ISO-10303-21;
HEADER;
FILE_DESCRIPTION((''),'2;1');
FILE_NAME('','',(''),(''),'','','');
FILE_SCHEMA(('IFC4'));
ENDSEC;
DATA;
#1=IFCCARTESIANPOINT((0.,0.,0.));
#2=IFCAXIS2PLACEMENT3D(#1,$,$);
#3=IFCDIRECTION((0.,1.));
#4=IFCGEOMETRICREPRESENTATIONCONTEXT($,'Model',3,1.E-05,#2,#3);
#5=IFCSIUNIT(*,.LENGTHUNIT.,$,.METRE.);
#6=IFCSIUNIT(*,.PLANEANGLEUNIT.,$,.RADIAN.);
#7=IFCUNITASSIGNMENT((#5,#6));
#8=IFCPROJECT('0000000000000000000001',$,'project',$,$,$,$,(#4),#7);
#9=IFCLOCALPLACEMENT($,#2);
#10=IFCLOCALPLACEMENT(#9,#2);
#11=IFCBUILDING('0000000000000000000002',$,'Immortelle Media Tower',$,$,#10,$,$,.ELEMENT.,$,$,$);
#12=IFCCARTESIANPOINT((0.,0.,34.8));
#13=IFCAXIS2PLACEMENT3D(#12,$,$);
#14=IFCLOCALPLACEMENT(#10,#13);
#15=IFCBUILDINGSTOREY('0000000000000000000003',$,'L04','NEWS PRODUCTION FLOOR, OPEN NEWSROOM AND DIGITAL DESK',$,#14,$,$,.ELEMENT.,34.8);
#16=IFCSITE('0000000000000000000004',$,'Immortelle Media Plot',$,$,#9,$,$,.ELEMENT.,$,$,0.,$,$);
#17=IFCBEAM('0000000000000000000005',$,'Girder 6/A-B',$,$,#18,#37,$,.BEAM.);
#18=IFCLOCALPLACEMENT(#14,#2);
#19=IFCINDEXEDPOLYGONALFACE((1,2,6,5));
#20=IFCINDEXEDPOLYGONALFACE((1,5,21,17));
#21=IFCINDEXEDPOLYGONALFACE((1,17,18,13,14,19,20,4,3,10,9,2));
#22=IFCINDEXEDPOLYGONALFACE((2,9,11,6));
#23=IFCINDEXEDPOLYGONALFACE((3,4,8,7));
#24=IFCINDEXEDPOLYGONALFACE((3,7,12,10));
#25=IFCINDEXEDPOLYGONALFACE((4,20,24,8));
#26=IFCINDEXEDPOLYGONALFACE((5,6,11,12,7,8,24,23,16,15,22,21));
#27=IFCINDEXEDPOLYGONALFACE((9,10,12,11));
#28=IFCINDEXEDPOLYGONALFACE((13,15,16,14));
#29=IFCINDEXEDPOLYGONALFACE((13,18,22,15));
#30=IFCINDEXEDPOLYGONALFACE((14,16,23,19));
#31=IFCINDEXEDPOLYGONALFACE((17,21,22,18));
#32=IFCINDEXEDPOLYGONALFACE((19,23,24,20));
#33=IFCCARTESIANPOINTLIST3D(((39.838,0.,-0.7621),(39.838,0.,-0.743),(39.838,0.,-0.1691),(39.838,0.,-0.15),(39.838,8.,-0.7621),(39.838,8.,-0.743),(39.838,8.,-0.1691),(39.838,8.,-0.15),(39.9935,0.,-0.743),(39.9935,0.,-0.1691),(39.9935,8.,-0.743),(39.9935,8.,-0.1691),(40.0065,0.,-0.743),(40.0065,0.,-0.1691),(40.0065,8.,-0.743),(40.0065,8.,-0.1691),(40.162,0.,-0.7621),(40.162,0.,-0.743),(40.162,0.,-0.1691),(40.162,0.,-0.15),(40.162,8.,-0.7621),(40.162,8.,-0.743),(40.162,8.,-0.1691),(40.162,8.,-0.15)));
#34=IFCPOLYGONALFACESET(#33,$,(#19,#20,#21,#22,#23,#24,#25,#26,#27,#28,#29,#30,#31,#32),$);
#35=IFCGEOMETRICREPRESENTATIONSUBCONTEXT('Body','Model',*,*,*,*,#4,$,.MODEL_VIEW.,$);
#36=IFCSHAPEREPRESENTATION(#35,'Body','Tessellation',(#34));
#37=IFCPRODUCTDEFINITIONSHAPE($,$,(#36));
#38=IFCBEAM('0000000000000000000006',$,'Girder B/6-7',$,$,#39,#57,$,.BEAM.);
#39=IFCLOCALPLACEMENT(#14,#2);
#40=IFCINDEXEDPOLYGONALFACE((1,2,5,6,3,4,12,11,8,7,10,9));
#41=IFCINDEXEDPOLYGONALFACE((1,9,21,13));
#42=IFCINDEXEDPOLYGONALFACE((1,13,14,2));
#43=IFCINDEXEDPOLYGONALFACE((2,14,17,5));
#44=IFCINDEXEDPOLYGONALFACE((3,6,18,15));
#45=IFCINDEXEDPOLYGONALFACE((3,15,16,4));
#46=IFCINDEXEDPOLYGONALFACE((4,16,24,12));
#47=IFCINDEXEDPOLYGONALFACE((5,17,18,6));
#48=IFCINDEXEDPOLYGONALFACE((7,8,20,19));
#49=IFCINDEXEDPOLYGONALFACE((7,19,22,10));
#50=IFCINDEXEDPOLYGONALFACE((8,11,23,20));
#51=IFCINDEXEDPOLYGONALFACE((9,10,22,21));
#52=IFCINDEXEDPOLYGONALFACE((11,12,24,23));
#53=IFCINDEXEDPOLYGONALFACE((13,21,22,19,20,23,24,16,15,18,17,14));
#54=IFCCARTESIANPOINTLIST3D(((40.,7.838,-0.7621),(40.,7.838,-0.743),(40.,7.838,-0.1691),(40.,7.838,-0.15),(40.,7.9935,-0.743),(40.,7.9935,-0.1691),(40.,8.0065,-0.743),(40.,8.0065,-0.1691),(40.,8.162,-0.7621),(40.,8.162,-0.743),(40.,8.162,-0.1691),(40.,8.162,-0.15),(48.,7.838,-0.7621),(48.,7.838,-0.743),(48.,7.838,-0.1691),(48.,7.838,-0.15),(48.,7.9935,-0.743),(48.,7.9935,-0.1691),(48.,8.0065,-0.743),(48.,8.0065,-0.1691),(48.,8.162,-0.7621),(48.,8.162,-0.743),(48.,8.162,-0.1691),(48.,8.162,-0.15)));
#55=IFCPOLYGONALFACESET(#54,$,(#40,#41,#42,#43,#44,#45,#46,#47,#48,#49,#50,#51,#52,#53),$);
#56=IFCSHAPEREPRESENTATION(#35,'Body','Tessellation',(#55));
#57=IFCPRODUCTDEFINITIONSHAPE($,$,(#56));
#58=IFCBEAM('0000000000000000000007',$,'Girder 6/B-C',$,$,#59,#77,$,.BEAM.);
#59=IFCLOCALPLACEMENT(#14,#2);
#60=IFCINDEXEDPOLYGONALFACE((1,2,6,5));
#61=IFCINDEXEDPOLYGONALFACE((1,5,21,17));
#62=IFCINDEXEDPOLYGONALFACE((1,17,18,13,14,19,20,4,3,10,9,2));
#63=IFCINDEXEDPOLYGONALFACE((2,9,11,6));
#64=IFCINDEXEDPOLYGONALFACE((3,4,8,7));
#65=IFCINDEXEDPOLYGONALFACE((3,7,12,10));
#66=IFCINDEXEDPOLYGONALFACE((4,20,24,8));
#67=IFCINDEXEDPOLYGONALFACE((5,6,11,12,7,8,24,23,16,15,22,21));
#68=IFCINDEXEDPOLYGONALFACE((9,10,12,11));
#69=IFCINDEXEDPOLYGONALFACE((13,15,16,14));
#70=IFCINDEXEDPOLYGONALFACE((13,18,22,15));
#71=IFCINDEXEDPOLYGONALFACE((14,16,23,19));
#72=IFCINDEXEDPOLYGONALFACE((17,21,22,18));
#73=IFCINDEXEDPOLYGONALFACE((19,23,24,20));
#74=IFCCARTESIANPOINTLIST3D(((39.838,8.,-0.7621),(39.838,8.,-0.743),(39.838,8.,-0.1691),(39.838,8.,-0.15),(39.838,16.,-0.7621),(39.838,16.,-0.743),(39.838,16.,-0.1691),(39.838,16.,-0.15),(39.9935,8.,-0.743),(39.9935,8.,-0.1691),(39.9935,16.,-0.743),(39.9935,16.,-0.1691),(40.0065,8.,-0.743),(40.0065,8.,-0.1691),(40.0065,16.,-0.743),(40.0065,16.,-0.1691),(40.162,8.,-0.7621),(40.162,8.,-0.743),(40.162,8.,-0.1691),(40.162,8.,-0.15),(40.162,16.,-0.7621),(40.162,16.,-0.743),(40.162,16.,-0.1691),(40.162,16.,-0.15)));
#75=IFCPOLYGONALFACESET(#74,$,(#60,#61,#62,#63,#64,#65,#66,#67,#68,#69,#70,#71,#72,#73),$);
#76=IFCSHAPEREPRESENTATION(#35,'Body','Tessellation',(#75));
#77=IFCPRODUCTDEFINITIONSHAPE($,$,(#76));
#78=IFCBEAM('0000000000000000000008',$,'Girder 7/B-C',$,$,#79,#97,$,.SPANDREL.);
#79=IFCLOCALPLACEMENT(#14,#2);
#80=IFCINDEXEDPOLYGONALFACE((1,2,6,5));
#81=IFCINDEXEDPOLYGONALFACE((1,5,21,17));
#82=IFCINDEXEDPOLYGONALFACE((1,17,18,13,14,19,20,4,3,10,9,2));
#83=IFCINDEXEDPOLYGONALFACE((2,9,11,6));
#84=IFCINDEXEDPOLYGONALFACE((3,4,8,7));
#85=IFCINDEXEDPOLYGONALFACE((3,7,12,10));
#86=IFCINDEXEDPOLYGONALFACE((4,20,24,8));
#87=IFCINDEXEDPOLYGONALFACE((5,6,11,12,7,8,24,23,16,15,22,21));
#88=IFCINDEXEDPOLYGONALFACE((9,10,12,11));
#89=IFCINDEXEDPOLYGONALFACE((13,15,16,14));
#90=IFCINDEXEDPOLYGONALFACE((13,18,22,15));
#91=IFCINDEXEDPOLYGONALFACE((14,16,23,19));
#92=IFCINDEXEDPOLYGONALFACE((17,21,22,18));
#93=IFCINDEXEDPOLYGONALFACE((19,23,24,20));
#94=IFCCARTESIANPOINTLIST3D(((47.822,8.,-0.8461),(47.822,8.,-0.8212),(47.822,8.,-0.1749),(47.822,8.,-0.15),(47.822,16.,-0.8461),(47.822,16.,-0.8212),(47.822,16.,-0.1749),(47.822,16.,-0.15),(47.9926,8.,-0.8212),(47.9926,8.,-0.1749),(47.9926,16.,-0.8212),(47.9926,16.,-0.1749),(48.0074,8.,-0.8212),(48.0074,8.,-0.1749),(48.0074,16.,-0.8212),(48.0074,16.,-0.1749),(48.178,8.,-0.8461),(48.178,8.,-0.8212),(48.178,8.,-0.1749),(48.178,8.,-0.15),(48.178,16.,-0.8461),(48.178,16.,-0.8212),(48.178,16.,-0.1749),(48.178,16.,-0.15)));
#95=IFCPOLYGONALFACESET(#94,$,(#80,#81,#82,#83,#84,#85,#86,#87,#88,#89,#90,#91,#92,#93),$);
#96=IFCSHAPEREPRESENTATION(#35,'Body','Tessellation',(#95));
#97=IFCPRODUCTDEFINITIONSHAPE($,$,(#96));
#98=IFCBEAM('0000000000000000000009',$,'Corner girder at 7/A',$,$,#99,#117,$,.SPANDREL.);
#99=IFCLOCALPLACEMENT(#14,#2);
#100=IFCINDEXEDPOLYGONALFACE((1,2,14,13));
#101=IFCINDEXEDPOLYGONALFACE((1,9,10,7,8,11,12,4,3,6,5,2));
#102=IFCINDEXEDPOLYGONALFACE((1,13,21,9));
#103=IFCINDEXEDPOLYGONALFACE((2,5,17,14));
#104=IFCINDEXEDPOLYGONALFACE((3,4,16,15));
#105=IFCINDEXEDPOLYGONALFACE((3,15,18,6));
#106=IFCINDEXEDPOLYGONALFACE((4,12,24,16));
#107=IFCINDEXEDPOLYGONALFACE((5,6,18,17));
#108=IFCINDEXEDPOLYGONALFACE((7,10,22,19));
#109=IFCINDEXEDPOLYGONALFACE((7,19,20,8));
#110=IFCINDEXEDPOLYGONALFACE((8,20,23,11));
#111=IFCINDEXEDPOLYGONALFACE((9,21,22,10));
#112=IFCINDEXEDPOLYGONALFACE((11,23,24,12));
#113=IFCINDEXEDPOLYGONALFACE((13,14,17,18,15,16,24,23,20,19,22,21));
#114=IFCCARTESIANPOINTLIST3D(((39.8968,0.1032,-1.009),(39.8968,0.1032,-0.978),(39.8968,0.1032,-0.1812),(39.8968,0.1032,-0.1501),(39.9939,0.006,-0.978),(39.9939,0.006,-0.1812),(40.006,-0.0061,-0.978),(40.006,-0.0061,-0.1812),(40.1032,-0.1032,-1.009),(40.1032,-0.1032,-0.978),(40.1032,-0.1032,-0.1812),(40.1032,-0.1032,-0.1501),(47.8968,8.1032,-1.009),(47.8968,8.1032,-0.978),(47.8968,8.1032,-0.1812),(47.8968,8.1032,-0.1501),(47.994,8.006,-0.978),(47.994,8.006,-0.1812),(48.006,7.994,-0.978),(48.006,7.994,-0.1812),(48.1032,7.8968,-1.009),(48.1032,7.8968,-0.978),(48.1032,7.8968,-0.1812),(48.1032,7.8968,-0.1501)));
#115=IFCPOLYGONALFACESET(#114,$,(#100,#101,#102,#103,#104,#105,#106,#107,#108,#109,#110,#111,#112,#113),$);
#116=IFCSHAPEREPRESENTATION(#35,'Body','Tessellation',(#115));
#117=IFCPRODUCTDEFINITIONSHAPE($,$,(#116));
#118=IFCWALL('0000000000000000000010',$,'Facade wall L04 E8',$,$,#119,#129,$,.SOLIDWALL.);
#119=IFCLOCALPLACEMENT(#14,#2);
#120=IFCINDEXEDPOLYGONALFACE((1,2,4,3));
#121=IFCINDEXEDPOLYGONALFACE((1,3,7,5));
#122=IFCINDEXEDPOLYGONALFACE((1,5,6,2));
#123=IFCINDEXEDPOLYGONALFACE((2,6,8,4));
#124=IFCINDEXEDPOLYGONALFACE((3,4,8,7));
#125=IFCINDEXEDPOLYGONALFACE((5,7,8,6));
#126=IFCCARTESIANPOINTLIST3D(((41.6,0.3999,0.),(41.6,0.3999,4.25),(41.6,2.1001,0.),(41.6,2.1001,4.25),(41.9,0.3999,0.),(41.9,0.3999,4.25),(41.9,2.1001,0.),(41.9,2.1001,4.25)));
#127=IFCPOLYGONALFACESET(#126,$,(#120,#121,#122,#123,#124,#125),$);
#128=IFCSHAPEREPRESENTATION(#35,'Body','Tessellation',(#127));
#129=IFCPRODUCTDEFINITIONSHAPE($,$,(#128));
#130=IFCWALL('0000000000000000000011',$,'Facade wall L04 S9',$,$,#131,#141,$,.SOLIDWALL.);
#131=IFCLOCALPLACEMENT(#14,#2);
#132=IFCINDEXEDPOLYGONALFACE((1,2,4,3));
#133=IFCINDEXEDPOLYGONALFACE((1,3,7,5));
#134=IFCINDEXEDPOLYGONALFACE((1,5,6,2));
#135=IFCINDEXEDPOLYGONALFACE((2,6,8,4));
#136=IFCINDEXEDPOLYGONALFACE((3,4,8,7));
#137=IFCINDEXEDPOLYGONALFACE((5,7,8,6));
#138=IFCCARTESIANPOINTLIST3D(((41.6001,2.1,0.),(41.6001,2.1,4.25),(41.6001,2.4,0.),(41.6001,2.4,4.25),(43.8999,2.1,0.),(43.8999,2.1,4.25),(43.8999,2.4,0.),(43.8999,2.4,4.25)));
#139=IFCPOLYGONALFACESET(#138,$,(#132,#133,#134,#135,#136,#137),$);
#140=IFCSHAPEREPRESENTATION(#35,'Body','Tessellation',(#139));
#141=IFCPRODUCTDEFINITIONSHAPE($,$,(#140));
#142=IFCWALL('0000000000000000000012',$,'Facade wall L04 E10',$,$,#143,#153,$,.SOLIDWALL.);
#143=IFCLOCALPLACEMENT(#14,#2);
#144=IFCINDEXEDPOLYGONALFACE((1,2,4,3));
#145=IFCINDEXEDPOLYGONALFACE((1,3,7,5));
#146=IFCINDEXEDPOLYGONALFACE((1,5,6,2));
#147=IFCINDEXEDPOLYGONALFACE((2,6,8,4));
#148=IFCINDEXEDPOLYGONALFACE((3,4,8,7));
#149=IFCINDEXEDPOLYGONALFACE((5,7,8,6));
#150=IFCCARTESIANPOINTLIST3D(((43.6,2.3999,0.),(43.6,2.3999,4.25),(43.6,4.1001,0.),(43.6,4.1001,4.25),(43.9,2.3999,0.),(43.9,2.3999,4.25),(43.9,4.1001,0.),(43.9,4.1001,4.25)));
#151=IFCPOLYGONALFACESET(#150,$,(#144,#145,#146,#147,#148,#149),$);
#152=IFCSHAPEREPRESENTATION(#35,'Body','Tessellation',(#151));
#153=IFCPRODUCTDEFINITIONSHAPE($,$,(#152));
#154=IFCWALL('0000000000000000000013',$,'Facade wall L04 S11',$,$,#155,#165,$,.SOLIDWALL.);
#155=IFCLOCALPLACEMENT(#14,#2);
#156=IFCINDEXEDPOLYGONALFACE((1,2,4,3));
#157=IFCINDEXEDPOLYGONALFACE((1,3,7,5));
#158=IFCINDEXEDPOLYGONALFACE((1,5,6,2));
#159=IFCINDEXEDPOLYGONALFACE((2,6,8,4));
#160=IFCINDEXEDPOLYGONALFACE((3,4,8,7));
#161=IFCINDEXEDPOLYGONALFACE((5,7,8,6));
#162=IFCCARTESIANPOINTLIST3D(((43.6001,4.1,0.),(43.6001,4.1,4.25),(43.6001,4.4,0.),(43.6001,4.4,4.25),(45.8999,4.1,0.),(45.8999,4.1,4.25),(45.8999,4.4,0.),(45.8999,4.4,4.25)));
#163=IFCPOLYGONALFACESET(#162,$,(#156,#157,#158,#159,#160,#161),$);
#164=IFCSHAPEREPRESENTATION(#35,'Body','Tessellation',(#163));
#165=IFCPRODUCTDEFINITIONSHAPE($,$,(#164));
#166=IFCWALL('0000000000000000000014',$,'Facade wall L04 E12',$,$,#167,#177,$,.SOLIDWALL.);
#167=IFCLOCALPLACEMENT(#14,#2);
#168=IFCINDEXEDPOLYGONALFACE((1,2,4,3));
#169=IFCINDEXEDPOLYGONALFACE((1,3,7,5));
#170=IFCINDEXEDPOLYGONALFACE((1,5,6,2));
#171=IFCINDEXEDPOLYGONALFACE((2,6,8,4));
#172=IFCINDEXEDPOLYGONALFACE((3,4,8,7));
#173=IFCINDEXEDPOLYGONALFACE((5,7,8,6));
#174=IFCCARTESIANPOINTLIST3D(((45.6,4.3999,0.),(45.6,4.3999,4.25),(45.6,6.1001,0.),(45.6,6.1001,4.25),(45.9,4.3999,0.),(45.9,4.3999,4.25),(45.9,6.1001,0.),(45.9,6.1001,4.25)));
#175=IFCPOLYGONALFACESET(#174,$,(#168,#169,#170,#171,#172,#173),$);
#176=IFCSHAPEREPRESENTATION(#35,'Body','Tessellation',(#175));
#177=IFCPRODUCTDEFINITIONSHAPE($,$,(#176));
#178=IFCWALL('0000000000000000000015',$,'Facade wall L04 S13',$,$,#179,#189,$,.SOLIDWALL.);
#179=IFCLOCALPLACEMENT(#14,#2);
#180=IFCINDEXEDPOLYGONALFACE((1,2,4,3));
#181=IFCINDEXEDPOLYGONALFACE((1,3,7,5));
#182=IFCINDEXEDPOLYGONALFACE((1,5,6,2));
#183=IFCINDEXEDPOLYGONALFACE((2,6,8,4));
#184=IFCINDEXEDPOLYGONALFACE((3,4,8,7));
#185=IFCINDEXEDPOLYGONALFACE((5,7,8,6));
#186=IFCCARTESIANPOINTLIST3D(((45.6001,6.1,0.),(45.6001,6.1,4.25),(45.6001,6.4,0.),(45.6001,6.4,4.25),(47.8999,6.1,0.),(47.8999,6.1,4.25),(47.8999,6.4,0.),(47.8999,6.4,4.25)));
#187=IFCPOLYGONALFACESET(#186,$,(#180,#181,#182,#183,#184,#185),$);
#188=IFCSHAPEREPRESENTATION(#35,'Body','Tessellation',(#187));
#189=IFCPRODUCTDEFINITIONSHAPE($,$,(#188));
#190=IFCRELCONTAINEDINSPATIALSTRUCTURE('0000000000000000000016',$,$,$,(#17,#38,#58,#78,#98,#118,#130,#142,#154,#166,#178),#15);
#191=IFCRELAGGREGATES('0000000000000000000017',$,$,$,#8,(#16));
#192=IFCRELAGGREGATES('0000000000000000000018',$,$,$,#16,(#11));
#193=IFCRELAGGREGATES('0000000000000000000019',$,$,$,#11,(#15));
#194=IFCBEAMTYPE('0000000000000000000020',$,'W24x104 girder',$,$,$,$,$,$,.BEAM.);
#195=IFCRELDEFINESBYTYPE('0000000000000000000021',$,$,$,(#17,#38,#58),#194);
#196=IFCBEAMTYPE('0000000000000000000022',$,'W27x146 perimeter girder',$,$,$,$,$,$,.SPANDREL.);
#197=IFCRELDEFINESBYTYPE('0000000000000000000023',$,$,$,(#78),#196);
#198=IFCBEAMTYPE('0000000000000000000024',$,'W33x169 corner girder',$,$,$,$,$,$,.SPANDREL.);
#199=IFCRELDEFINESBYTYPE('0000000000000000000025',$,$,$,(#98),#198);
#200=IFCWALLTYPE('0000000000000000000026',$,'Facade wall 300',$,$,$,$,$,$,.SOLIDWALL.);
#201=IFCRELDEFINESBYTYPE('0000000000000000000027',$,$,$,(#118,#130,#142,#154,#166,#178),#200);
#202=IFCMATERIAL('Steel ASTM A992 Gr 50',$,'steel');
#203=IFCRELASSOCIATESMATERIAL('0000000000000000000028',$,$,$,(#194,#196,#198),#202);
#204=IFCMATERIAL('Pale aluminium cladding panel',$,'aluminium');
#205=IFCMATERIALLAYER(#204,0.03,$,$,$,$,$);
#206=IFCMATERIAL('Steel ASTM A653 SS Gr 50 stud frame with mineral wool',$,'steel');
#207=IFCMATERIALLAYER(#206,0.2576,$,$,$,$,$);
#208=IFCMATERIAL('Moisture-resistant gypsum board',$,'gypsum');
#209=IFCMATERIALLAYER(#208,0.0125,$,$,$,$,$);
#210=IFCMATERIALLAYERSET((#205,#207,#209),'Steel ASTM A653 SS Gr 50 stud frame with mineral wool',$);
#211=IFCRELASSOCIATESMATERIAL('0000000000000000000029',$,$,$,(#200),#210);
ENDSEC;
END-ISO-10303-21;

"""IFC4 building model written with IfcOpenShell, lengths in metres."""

from ifc_helpers import new_model, si_unit, direction, frame, frame_2d, origin, origin_2d, place, context, subcontext, project, spatial, rectangle, i_section, extrude, material, layer, layer_set, material_profile, profile_set, type_object, element, save


model = new_model("IFC4")

# Units and contexts
model_context = context("Model", 3, precision=1e-05, world=origin(), true_north=direction((0.0, 1.0)))
body_context = subcontext(model_context, "Body", "Model", "MODEL_VIEW")
ifc_project = project(units=[si_unit("LENGTHUNIT", "METRE"), si_unit("PLANEANGLEUNIT", "RADIAN")], contexts=[model_context])

# Site, building, storey
site_placement = place(None, origin())
site = spatial("IfcSite", under=ifc_project, at=site_placement, Name="Immortelle Media Plot", CompositionType="ELEMENT", RefElevation=0.0)
building_placement = place(site_placement, origin())
building = spatial("IfcBuilding", under=site, at=building_placement, Name="Immortelle Media Tower", CompositionType="ELEMENT")
storey_placement = place(building_placement, frame((0.0, 0.0, 34.8)))
storey = spatial("IfcBuildingStorey", under=building, at=storey_placement, Name="L04", Description="NEWS PRODUCTION FLOOR, OPEN NEWSROOM AND DIGITAL DESK", CompositionType="ELEMENT", Elevation=34.8)

# Shared definitions
ifc_material_1 = material(Name="Steel ASTM A992 Gr 50", Category="steel")

# Beams
ifc_material_profile_1 = material_profile(ifc_material_1, i_section(OverallWidth=0.324, OverallDepth=0.6121, WebThickness=0.0129, FlangeThickness=0.019, at=origin_2d()), Name="W24x104")
ifc_profile_set_1 = profile_set([ifc_material_profile_1], Name="Steel ASTM A992 Gr 50")
beam_type_1 = type_object("IfcBeamType", Name="W24x104 girder", PredefinedType="BEAM", material=ifc_profile_set_1)
for number, where, z_axis, x_axis, name in (
    (1, (40.0, 0.0, -0.4561), (0.0, 1.0, 0.0), (-1.0, 0.0, 0.0), "Girder 6/A-B"),
    (2, (40.0, 8.0, -0.4561), (1.0, 0.0, 0.0), (0.0, 1.0, 0.0), "Girder B/6-7"),
    (3, (40.0, 8.0, -0.4561), (0.0, 1.0, 0.0), (-1.0, 0.0, 0.0), "Girder 6/B-C"),
):
    element("IfcBeam", number, at=place(storey_placement, frame(where, z_axis=z_axis, x_axis=x_axis)), inside=storey, type_object=beam_type_1, Name=name, PredefinedType="BEAM", context=body_context, shape_type="SweptSolid", body=[
        extrude(i_section(OverallWidth=0.324, OverallDepth=0.6121, WebThickness=0.0129, FlangeThickness=0.019, at=origin_2d()), origin(), (0.0, 0.0, 1.0), 8.0),
    ])
ifc_material_profile_2 = material_profile(ifc_material_1, i_section(OverallWidth=0.356, OverallDepth=0.696, WebThickness=0.0149, FlangeThickness=0.0249, at=origin_2d()), Name="W27x146")
ifc_profile_set_2 = profile_set([ifc_material_profile_2], Name="Steel ASTM A992 Gr 50")
beam_type_2 = type_object("IfcBeamType", Name="W27x146 perimeter girder", PredefinedType="SPANDREL", material=ifc_profile_set_2)
beam_1_placement = place(storey_placement, frame((48.0, 8.0, -0.498), z_axis=(0.0, 1.0, 0.0), x_axis=(-1.0, 0.0, 0.0)))
element("IfcBeam", 4, at=beam_1_placement, inside=storey, type_object=beam_type_2, Name="Girder 7/B-C", PredefinedType="SPANDREL", context=body_context, shape_type="SweptSolid", body=[
    extrude(i_section(OverallWidth=0.356, OverallDepth=0.696, WebThickness=0.0149, FlangeThickness=0.0249, at=origin_2d()), origin(), (0.0, 0.0, 1.0), 8.0),
])
ifc_material_profile_3 = material_profile(ifc_material_1, i_section(OverallWidth=0.292, OverallDepth=0.8589, WebThickness=0.0171, FlangeThickness=0.031, at=origin_2d()), Name="W33x169")
ifc_profile_set_3 = profile_set([ifc_material_profile_3], Name="Steel ASTM A992 Gr 50")
beam_type_3 = type_object("IfcBeamType", Name="W33x169 corner girder", PredefinedType="SPANDREL", material=ifc_profile_set_3)
beam_2_placement = place(storey_placement, frame((48.0, 8.0, -0.5796), z_axis=(-0.707107, -0.707107, 0.0), x_axis=(0.707107, -0.707107, 0.0)))
element("IfcBeam", 5, at=beam_2_placement, inside=storey, type_object=beam_type_3, Name="Corner girder at 7/A", PredefinedType="SPANDREL", context=body_context, shape_type="SweptSolid", body=[
    extrude(i_section(OverallWidth=0.292, OverallDepth=0.8589, WebThickness=0.0171, FlangeThickness=0.031, at=origin_2d()), origin(), (0.0, 0.0, 1.0), 11.3137),
])

# Walls
ifc_material_2 = material(Name="Pale aluminium cladding panel", Category="aluminium")
ifc_layer_1 = layer(ifc_material_2, 0.03)
ifc_material_3 = material(Name="Steel ASTM A653 SS Gr 50 stud frame with mineral wool", Category="steel")
ifc_layer_2 = layer(ifc_material_3, 0.2576)
ifc_material_4 = material(Name="Moisture-resistant gypsum board", Category="gypsum")
ifc_layer_3 = layer(ifc_material_4, 0.0125)
ifc_layer_set_1 = layer_set([ifc_layer_1, ifc_layer_2, ifc_layer_3], Name="Steel ASTM A653 SS Gr 50 stud frame with mineral wool")
wall_type_1 = type_object("IfcWallType", Name="Facade wall 300", PredefinedType="SOLIDWALL", material=ifc_layer_set_1)
wall_1_placement = place(storey_placement, frame((41.75, 0.3999, 0.0), z_axis=(0.0, 0.0, 1.0), x_axis=(0.0, 1.0, 0.0)))
element("IfcWall", 6, at=wall_1_placement, inside=storey, type_object=wall_type_1, Name="Facade wall L04 E8", PredefinedType="SOLIDWALL", context=body_context, shape_type="SweptSolid", body=[
    extrude(rectangle(XDim=1.7002, YDim=0.3, at=frame_2d((0.8501, 0.0))), origin(), (0.0, 0.0, 1.0), 4.25),
])
wall_2_placement = place(storey_placement, frame((41.6001, 2.25, 0.0), z_axis=(0.0, 0.0, 1.0), x_axis=(1.0, 0.0, 0.0)))
element("IfcWall", 7, at=wall_2_placement, inside=storey, type_object=wall_type_1, Name="Facade wall L04 S9", PredefinedType="SOLIDWALL", context=body_context, shape_type="SweptSolid", body=[
    extrude(rectangle(XDim=2.2998, YDim=0.3, at=frame_2d((1.1499, 0.0))), origin(), (0.0, 0.0, 1.0), 4.25),
])
wall_3_placement = place(storey_placement, frame((43.75, 2.3999, 0.0), z_axis=(0.0, 0.0, 1.0), x_axis=(0.0, 1.0, 0.0)))
element("IfcWall", 8, at=wall_3_placement, inside=storey, type_object=wall_type_1, Name="Facade wall L04 E10", PredefinedType="SOLIDWALL", context=body_context, shape_type="SweptSolid", body=[
    extrude(rectangle(XDim=1.7002, YDim=0.3, at=frame_2d((0.8501, 0.0))), origin(), (0.0, 0.0, 1.0), 4.25),
])
wall_4_placement = place(storey_placement, frame((43.6001, 4.25, 0.0), z_axis=(0.0, 0.0, 1.0), x_axis=(1.0, 0.0, 0.0)))
element("IfcWall", 9, at=wall_4_placement, inside=storey, type_object=wall_type_1, Name="Facade wall L04 S11", PredefinedType="SOLIDWALL", context=body_context, shape_type="SweptSolid", body=[
    extrude(rectangle(XDim=2.2998, YDim=0.3, at=frame_2d((1.1499, 0.0))), origin(), (0.0, 0.0, 1.0), 4.25),
])
wall_5_placement = place(storey_placement, frame((45.75, 4.3999, 0.0), z_axis=(0.0, 0.0, 1.0), x_axis=(0.0, 1.0, 0.0)))
element("IfcWall", 10, at=wall_5_placement, inside=storey, type_object=wall_type_1, Name="Facade wall L04 E12", PredefinedType="SOLIDWALL", context=body_context, shape_type="SweptSolid", body=[
    extrude(rectangle(XDim=1.7002, YDim=0.3, at=frame_2d((0.8501, 0.0))), origin(), (0.0, 0.0, 1.0), 4.25),
])
wall_6_placement = place(storey_placement, frame((45.6001, 6.25, 0.0), z_axis=(0.0, 0.0, 1.0), x_axis=(1.0, 0.0, 0.0)))
element("IfcWall", 11, at=wall_6_placement, inside=storey, type_object=wall_type_1, Name="Facade wall L04 S13", PredefinedType="SOLIDWALL", context=body_context, shape_type="SweptSolid", body=[
    extrude(rectangle(XDim=2.2998, YDim=0.3, at=frame_2d((1.1499, 0.0))), origin(), (0.0, 0.0, 1.0), 4.25),
])

save(model, "model.ifc")
